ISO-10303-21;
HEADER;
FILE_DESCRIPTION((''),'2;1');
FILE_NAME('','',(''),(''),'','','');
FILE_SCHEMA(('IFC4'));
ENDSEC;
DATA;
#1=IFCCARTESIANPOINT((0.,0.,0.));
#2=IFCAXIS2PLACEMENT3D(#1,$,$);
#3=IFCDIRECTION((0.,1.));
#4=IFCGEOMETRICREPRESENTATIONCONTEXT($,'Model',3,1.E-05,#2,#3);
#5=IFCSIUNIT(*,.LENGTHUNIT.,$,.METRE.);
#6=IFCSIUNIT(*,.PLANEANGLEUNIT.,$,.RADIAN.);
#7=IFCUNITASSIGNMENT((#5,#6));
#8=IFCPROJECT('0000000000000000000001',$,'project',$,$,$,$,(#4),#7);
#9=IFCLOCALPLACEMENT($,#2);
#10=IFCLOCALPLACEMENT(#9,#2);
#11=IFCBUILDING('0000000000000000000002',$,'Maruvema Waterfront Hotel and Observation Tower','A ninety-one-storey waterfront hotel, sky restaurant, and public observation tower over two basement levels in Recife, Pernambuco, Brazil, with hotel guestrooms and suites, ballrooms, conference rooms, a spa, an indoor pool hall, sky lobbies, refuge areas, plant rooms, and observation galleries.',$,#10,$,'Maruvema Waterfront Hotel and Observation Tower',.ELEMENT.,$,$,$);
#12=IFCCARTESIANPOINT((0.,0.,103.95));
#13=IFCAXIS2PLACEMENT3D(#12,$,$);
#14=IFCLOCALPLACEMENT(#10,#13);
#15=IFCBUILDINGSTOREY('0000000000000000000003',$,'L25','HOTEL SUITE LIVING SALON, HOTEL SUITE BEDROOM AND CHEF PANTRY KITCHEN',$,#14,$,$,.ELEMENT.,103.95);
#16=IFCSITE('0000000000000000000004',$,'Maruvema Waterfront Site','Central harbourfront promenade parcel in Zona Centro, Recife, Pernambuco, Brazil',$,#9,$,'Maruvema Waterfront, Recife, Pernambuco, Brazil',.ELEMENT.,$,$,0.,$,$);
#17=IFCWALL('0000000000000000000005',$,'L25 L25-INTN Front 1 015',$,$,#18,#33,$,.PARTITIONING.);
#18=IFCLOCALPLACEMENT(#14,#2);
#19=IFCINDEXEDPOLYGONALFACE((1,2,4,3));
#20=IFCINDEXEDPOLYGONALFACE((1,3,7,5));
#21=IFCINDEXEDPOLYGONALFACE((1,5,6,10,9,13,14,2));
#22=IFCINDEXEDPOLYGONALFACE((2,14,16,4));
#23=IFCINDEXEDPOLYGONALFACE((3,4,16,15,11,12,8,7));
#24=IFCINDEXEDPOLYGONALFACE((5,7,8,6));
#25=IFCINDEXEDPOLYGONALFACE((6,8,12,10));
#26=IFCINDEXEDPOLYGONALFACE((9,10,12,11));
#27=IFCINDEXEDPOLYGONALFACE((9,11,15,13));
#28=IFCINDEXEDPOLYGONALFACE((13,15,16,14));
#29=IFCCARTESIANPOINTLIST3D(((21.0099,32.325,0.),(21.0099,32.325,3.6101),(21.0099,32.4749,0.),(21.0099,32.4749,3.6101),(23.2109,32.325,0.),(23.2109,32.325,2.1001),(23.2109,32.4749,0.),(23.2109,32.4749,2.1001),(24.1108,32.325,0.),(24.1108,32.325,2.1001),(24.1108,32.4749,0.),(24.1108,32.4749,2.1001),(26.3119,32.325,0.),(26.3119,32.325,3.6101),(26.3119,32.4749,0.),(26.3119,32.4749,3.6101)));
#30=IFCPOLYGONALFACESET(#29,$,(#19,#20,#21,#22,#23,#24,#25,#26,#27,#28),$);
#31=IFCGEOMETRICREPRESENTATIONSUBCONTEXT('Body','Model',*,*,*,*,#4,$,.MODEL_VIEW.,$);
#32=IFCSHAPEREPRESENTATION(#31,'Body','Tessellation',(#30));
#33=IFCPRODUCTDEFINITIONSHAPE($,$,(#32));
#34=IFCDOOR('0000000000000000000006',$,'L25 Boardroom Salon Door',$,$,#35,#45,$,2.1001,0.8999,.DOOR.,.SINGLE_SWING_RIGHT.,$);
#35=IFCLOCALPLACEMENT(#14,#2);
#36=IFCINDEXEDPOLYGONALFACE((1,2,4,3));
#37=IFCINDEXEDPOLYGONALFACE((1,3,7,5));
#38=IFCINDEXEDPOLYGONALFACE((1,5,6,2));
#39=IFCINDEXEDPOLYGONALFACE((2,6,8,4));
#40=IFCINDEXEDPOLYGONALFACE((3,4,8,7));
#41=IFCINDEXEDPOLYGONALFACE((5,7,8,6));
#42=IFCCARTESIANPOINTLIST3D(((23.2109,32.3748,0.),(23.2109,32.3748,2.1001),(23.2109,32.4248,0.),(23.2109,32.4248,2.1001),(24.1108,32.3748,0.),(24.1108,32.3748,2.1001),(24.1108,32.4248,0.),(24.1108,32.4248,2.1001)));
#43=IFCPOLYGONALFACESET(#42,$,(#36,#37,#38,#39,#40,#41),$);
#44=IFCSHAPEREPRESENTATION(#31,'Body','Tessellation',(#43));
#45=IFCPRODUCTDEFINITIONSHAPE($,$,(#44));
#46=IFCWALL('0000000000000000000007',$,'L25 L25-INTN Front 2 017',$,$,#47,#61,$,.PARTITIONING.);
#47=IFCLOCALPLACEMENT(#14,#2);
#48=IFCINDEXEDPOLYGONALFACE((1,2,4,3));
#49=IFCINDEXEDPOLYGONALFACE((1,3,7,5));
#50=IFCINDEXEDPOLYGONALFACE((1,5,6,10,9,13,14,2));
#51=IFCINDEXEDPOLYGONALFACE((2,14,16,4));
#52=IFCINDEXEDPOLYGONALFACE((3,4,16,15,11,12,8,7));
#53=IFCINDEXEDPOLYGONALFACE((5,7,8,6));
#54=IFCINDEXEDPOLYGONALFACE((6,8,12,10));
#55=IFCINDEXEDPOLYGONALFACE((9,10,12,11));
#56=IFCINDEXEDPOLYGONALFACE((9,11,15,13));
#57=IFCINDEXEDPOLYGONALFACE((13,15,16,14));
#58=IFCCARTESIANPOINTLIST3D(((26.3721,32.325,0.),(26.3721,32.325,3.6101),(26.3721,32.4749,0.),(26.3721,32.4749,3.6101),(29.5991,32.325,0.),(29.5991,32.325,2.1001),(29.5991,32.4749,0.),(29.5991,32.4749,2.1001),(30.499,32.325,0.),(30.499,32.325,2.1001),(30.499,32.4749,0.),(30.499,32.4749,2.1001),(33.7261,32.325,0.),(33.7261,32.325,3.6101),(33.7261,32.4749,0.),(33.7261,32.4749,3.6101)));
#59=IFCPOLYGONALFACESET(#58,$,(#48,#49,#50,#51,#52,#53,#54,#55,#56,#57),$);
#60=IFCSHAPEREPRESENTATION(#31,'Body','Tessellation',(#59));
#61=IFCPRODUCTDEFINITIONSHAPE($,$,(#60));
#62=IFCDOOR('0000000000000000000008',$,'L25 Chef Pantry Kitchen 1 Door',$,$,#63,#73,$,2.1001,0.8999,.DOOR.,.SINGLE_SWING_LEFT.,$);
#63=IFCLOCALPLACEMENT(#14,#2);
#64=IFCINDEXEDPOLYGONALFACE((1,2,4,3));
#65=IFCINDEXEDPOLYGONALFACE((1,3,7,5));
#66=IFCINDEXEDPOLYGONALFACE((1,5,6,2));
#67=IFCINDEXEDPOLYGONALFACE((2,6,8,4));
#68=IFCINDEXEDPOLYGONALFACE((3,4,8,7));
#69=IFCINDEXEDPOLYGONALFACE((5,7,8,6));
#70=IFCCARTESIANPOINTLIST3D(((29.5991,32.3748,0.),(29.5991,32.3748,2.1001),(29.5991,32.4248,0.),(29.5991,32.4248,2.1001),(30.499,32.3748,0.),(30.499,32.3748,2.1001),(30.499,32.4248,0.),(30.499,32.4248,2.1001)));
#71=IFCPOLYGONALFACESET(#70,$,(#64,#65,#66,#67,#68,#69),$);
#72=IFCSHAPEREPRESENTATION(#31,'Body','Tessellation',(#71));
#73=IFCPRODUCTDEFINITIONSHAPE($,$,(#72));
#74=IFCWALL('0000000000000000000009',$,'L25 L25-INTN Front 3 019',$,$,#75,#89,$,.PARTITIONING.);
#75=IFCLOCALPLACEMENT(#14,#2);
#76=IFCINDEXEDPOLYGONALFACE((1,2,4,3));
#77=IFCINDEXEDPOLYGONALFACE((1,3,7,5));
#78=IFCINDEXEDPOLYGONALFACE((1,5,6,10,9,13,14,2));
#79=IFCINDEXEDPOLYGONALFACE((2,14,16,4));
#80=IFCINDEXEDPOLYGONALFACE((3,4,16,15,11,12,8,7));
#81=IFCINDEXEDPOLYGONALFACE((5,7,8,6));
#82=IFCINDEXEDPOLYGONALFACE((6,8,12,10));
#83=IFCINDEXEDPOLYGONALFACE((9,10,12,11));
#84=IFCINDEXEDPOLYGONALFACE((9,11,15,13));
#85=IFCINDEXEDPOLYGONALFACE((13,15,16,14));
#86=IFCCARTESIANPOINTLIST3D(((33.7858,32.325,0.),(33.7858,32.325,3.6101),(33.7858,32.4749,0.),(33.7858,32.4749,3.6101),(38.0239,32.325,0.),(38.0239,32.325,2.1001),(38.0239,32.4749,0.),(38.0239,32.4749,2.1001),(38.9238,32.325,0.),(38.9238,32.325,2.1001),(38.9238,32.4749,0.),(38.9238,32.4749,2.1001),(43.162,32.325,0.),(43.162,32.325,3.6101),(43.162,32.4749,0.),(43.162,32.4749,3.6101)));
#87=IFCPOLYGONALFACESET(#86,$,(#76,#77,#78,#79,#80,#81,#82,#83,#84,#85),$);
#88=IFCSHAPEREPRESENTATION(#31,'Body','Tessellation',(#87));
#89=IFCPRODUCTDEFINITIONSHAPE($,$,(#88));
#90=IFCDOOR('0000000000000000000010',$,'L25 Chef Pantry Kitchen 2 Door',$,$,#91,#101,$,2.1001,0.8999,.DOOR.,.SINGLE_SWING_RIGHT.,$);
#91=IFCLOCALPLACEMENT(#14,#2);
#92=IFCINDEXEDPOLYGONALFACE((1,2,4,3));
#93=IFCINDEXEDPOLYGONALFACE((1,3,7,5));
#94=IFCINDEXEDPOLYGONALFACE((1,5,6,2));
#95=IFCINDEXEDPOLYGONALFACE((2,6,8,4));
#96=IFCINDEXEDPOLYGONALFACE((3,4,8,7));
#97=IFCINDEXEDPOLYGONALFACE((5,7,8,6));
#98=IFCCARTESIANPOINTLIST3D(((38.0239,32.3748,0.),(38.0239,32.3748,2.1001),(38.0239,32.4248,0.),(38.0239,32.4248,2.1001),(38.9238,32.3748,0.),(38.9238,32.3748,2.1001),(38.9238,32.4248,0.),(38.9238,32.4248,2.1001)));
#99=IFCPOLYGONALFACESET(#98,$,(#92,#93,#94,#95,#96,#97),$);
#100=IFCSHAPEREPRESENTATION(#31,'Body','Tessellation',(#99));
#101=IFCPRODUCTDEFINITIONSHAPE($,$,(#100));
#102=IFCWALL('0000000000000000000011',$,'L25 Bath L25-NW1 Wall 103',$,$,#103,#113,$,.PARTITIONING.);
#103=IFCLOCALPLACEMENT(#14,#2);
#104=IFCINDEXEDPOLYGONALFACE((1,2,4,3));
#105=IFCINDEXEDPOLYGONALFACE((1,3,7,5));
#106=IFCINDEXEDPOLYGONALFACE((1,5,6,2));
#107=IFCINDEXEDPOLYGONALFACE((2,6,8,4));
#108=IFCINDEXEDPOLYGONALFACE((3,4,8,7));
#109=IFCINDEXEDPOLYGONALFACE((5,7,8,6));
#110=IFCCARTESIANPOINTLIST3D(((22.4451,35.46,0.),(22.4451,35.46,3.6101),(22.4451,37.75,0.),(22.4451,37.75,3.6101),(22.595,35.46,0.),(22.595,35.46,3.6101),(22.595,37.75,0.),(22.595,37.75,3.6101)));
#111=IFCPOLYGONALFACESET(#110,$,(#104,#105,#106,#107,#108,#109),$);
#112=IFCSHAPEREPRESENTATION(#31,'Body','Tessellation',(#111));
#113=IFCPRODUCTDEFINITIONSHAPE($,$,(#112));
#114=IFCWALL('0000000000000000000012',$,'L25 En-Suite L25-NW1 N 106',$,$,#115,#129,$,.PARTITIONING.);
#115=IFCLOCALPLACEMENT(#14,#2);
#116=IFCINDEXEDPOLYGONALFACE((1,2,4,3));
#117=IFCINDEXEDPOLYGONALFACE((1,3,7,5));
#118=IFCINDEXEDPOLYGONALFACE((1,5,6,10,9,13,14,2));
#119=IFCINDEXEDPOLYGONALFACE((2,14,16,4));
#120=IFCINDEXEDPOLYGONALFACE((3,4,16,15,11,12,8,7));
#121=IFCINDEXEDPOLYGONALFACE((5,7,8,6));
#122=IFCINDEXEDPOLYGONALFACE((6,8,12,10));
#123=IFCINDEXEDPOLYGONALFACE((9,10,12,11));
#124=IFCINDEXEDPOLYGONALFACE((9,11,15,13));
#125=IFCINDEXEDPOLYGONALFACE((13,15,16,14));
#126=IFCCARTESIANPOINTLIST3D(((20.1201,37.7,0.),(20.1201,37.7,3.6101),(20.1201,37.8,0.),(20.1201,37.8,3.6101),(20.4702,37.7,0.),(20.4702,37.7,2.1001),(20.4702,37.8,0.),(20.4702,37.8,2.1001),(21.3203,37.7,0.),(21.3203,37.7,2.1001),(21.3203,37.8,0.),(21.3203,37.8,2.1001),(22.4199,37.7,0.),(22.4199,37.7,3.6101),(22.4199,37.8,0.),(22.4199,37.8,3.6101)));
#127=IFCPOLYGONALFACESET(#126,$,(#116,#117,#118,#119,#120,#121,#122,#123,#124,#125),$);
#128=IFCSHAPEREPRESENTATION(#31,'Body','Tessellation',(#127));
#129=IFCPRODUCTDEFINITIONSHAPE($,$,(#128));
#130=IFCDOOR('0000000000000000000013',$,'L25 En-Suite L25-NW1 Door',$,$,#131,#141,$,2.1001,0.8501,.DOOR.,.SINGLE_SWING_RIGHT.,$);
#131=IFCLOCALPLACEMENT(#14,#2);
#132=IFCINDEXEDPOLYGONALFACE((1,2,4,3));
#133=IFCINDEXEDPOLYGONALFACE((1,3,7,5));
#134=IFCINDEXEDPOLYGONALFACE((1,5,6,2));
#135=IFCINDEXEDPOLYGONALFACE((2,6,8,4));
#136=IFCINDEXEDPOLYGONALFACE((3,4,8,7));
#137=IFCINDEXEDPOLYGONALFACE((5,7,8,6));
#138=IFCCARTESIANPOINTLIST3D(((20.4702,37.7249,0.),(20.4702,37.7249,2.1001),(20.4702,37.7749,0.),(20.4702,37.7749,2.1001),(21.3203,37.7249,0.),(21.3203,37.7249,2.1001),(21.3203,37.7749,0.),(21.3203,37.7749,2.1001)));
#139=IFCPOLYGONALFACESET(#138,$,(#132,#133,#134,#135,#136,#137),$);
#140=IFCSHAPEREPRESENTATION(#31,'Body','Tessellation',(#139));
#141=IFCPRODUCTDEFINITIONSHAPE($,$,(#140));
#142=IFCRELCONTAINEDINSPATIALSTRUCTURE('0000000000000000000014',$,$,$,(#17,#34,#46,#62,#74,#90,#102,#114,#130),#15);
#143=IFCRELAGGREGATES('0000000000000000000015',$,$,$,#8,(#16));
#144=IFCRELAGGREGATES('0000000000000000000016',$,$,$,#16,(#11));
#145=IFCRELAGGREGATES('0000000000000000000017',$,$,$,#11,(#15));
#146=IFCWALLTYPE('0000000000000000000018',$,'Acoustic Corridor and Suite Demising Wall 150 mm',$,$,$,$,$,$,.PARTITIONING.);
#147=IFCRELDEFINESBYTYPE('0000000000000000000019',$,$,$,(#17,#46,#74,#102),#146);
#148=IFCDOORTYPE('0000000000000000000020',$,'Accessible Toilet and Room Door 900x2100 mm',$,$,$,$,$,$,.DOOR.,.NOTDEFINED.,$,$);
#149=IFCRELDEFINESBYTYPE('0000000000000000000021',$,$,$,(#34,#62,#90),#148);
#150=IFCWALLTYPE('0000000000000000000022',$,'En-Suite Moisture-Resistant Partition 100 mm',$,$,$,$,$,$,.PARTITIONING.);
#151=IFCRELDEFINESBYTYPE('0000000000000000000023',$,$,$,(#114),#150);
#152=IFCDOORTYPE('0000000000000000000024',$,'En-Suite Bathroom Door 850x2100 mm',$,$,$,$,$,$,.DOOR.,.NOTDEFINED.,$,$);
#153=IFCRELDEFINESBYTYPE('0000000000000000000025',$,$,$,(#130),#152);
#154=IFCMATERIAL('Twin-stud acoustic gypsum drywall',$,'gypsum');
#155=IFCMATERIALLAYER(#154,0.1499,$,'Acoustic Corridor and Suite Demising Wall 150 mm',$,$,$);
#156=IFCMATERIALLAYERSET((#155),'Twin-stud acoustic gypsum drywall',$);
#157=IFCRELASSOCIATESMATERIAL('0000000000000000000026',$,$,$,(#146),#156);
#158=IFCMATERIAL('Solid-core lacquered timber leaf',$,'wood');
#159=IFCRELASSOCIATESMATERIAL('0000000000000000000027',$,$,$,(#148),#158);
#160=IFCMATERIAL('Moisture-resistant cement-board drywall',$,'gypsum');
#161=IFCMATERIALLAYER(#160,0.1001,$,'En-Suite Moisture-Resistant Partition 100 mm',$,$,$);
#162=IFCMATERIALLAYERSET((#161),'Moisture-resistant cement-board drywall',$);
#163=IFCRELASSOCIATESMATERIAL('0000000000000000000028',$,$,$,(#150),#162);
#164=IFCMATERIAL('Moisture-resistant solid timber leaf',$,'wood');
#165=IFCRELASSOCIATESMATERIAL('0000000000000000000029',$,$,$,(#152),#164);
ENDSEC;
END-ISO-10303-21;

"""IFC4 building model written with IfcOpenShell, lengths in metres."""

from ifc_helpers import new_model, si_unit, direction, frame, frame_2d, origin, place, context, subcontext, project, spatial, rectangle, extrude, material, layer, layer_set, type_object, element, fill, save


model = new_model("IFC4")

# Units and contexts
model_context = context("Model", 3, precision=1e-05, world=origin(), true_north=direction((0.0, 1.0)))
body_context = subcontext(model_context, "Body", "Model", "MODEL_VIEW")
ifc_project = project(units=[si_unit("LENGTHUNIT", "METRE"), si_unit("PLANEANGLEUNIT", "RADIAN")], contexts=[model_context])

# Site, building, storey
site_placement = place(None, origin())
site = spatial("IfcSite", under=ifc_project, at=site_placement, Name="Maruvema Waterfront Site", Description="Central harbourfront promenade parcel in Zona Centro, Recife, Pernambuco, Brazil", LongName="Maruvema Waterfront, Recife, Pernambuco, Brazil", CompositionType="ELEMENT", RefElevation=0.0)
building_placement = place(site_placement, origin())
building = spatial("IfcBuilding", under=site, at=building_placement, Name="Maruvema Waterfront Hotel and Observation Tower", Description="A ninety-one-storey waterfront hotel, sky restaurant, and public observation tower over two basement levels in Recife, Pernambuco, Brazil, with hotel guestrooms and suites, ballrooms, conference rooms, a spa, an indoor pool hall, sky lobbies, refuge areas, plant rooms, and observation galleries.", LongName="Maruvema Waterfront Hotel and Observation Tower", CompositionType="ELEMENT")
storey_placement = place(building_placement, frame((0.0, 0.0, 103.95)))
storey = spatial("IfcBuildingStorey", under=building, at=storey_placement, Name="L25", Description="HOTEL SUITE LIVING SALON, HOTEL SUITE BEDROOM AND CHEF PANTRY KITCHEN", CompositionType="ELEMENT", Elevation=103.95)

# Walls, openings, doors
ifc_material_1 = material(Name="Twin-stud acoustic gypsum drywall", Category="gypsum")
ifc_layer_1 = layer(ifc_material_1, 0.1499, Name="Acoustic Corridor and Suite Demising Wall 150 mm")
ifc_layer_set_1 = layer_set([ifc_layer_1], Name="Twin-stud acoustic gypsum drywall")
wall_type_1 = type_object("IfcWallType", Name="Acoustic Corridor and Suite Demising Wall 150 mm", PredefinedType="PARTITIONING", material=ifc_layer_set_1)
wall_1_placement = place(storey_placement, frame((21.01, 32.3999, 0.0), z_axis=(0.0, 0.0, 1.0), x_axis=(1.0, 0.0, 0.0)))
wall_1 = element("IfcWall", 1, at=wall_1_placement, inside=storey, type_object=wall_type_1, Name="L25 L25-INTN Front 1 015", PredefinedType="PARTITIONING", context=body_context, shape_type="SweptSolid", body=[
    extrude(rectangle(XDim=5.302, YDim=0.1499, at=frame_2d((2.6509, 0.0))), origin(), (0.0, 0.0, 1.0), 3.6101),
])
opening_1_placement = place(wall_1_placement, frame((2.2009, 0.0, 0.0)))
opening_1 = element("IfcOpeningElement", 2, at=opening_1_placement, cuts=wall_1, PredefinedType="OPENING", context=body_context, shape_type="SweptSolid", body=[
    extrude(rectangle(XDim=0.8999, YDim=2.1001, at=frame_2d((0.45, 1.05))), frame((0.0, 0.085, 0.0), z_axis=(0.0, -1.0, 0.0), x_axis=(1.0, 0.0, 0.0)), (0.0, 0.0, 1.0), 0.1699),
])
ifc_material_2 = material(Name="Solid-core lacquered timber leaf", Category="wood")
door_type_1 = type_object("IfcDoorType", Name="Accessible Toilet and Room Door 900x2100 mm", OperationType="NOTDEFINED", PredefinedType="DOOR", material=ifc_material_2)
door_1_placement = place(opening_1_placement, origin())
door_1 = element("IfcDoor", 3, at=door_1_placement, inside=storey, type_object=door_type_1, Name="L25 Boardroom Salon Door", OperationType="SINGLE_SWING_RIGHT", OverallHeight=2.1001, OverallWidth=0.8999, PredefinedType="DOOR", context=body_context, shape_type="SweptSolid", body=[
    extrude(rectangle(XDim=0.8999, YDim=2.1001, at=frame_2d((0.45, 1.05))), frame((0.0, 0.0249, 0.0), z_axis=(0.0, -1.0, 0.0), x_axis=(1.0, 0.0, 0.0)), (0.0, 0.0, 1.0), 0.05),
])
fill(opening_1, door_1)
wall_2_placement = place(storey_placement, frame((26.3721, 32.3999, 0.0), z_axis=(0.0, 0.0, 1.0), x_axis=(1.0, 0.0, 0.0)))
wall_2 = element("IfcWall", 4, at=wall_2_placement, inside=storey, type_object=wall_type_1, Name="L25 L25-INTN Front 2 017", PredefinedType="PARTITIONING", context=body_context, shape_type="SweptSolid", body=[
    extrude(rectangle(XDim=7.354, YDim=0.1499, at=frame_2d((3.677, 0.0))), origin(), (0.0, 0.0, 1.0), 3.6101),
])
opening_2_placement = place(wall_2_placement, frame((3.2271, 0.0, 0.0)))
opening_2 = element("IfcOpeningElement", 5, at=opening_2_placement, cuts=wall_2, PredefinedType="OPENING", context=body_context, shape_type="SweptSolid", body=[
    extrude(rectangle(XDim=0.8999, YDim=2.1001, at=frame_2d((0.45, 1.05))), frame((0.0, 0.085, 0.0), z_axis=(0.0, -1.0, 0.0), x_axis=(1.0, 0.0, 0.0)), (0.0, 0.0, 1.0), 0.1699),
])
door_2_placement = place(opening_2_placement, origin())
door_2 = element("IfcDoor", 6, at=door_2_placement, inside=storey, type_object=door_type_1, Name="L25 Chef Pantry Kitchen 1 Door", OperationType="SINGLE_SWING_LEFT", OverallHeight=2.1001, OverallWidth=0.8999, PredefinedType="DOOR", context=body_context, shape_type="SweptSolid", body=[
    extrude(rectangle(XDim=0.8999, YDim=2.1001, at=frame_2d((0.45, 1.05))), frame((0.0, 0.0249, 0.0), z_axis=(0.0, -1.0, 0.0), x_axis=(1.0, 0.0, 0.0)), (0.0, 0.0, 1.0), 0.05),
])
fill(opening_2, door_2)
wall_3_placement = place(storey_placement, frame((33.7859, 32.3999, 0.0), z_axis=(0.0, 0.0, 1.0), x_axis=(1.0, 0.0, 0.0)))
wall_3 = element("IfcWall", 7, at=wall_3_placement, inside=storey, type_object=wall_type_1, Name="L25 L25-INTN Front 3 019", PredefinedType="PARTITIONING", context=body_context, shape_type="SweptSolid", body=[
    extrude(rectangle(XDim=9.3762, YDim=0.1499, at=frame_2d((4.688, 0.0))), origin(), (0.0, 0.0, 1.0), 3.6101),
])
opening_3_placement = place(wall_3_placement, frame((4.238, 0.0, 0.0)))
opening_3 = element("IfcOpeningElement", 8, at=opening_3_placement, cuts=wall_3, PredefinedType="OPENING", context=body_context, shape_type="SweptSolid", body=[
    extrude(rectangle(XDim=0.8999, YDim=2.1001, at=frame_2d((0.45, 1.05))), frame((0.0, 0.085, 0.0), z_axis=(0.0, -1.0, 0.0), x_axis=(1.0, 0.0, 0.0)), (0.0, 0.0, 1.0), 0.1699),
])
door_3_placement = place(opening_3_placement, origin())
door_3 = element("IfcDoor", 9, at=door_3_placement, inside=storey, type_object=door_type_1, Name="L25 Chef Pantry Kitchen 2 Door", OperationType="SINGLE_SWING_RIGHT", OverallHeight=2.1001, OverallWidth=0.8999, PredefinedType="DOOR", context=body_context, shape_type="SweptSolid", body=[
    extrude(rectangle(XDim=0.8999, YDim=2.1001, at=frame_2d((0.45, 1.05))), frame((0.0, 0.0249, 0.0), z_axis=(0.0, -1.0, 0.0), x_axis=(1.0, 0.0, 0.0)), (0.0, 0.0, 1.0), 0.05),
])
fill(opening_3, door_3)

# Wall
wall_4_placement = place(storey_placement, frame((22.52, 35.46, 0.0), z_axis=(0.0, 0.0, 1.0), x_axis=(0.0, 1.0, 0.0)))
element("IfcWall", 10, at=wall_4_placement, inside=storey, type_object=wall_type_1, Name="L25 Bath L25-NW1 Wall 103", PredefinedType="PARTITIONING", context=body_context, shape_type="SweptSolid", body=[
    extrude(rectangle(XDim=2.29, YDim=0.1499, at=frame_2d((1.145, 0.0))), origin(), (0.0, 0.0, 1.0), 3.6101),
])

# Wall, opening, door
ifc_material_3 = material(Name="Moisture-resistant cement-board drywall", Category="gypsum")
ifc_layer_2 = layer(ifc_material_3, 0.1001, Name="En-Suite Moisture-Resistant Partition 100 mm")
ifc_layer_set_2 = layer_set([ifc_layer_2], Name="Moisture-resistant cement-board drywall")
wall_type_2 = type_object("IfcWallType", Name="En-Suite Moisture-Resistant Partition 100 mm", PredefinedType="PARTITIONING", material=ifc_layer_set_2)
wall_5_placement = place(storey_placement, frame((20.1201, 37.75, 0.0), z_axis=(0.0, 0.0, 1.0), x_axis=(1.0, 0.0, 0.0)))
wall_5 = element("IfcWall", 11, at=wall_5_placement, inside=storey, type_object=wall_type_2, Name="L25 En-Suite L25-NW1 N 106", PredefinedType="PARTITIONING", context=body_context, shape_type="SweptSolid", body=[
    extrude(rectangle(XDim=2.2998, YDim=0.1001, at=frame_2d((1.1499, 0.0))), origin(), (0.0, 0.0, 1.0), 3.6101),
])
opening_4_placement = place(wall_5_placement, frame((0.3501, 0.0, 0.0)))
opening_4 = element("IfcOpeningElement", 12, at=opening_4_placement, cuts=wall_5, PredefinedType="OPENING", context=body_context, shape_type="SweptSolid", body=[
    extrude(rectangle(XDim=0.8501, YDim=2.1001, at=frame_2d((0.425, 1.05))), frame((0.0, 0.0601, 0.0), z_axis=(0.0, -1.0, 0.0), x_axis=(1.0, 0.0, 0.0)), (0.0, 0.0, 1.0), 0.1201),
])
ifc_material_4 = material(Name="Moisture-resistant solid timber leaf", Category="wood")
door_type_2 = type_object("IfcDoorType", Name="En-Suite Bathroom Door 850x2100 mm", OperationType="NOTDEFINED", PredefinedType="DOOR", material=ifc_material_4)
door_4_placement = place(opening_4_placement, origin())
door_4 = element("IfcDoor", 13, at=door_4_placement, inside=storey, type_object=door_type_2, Name="L25 En-Suite L25-NW1 Door", OperationType="SINGLE_SWING_RIGHT", OverallHeight=2.1001, OverallWidth=0.8501, PredefinedType="DOOR", context=body_context, shape_type="SweptSolid", body=[
    extrude(rectangle(XDim=0.8501, YDim=2.1001, at=frame_2d((0.425, 1.05))), frame((0.0, 0.0249, 0.0), z_axis=(0.0, -1.0, 0.0), x_axis=(1.0, 0.0, 0.0)), (0.0, 0.0, 1.0), 0.05),
])
fill(opening_4, door_4)

save(model, "model.ifc")
